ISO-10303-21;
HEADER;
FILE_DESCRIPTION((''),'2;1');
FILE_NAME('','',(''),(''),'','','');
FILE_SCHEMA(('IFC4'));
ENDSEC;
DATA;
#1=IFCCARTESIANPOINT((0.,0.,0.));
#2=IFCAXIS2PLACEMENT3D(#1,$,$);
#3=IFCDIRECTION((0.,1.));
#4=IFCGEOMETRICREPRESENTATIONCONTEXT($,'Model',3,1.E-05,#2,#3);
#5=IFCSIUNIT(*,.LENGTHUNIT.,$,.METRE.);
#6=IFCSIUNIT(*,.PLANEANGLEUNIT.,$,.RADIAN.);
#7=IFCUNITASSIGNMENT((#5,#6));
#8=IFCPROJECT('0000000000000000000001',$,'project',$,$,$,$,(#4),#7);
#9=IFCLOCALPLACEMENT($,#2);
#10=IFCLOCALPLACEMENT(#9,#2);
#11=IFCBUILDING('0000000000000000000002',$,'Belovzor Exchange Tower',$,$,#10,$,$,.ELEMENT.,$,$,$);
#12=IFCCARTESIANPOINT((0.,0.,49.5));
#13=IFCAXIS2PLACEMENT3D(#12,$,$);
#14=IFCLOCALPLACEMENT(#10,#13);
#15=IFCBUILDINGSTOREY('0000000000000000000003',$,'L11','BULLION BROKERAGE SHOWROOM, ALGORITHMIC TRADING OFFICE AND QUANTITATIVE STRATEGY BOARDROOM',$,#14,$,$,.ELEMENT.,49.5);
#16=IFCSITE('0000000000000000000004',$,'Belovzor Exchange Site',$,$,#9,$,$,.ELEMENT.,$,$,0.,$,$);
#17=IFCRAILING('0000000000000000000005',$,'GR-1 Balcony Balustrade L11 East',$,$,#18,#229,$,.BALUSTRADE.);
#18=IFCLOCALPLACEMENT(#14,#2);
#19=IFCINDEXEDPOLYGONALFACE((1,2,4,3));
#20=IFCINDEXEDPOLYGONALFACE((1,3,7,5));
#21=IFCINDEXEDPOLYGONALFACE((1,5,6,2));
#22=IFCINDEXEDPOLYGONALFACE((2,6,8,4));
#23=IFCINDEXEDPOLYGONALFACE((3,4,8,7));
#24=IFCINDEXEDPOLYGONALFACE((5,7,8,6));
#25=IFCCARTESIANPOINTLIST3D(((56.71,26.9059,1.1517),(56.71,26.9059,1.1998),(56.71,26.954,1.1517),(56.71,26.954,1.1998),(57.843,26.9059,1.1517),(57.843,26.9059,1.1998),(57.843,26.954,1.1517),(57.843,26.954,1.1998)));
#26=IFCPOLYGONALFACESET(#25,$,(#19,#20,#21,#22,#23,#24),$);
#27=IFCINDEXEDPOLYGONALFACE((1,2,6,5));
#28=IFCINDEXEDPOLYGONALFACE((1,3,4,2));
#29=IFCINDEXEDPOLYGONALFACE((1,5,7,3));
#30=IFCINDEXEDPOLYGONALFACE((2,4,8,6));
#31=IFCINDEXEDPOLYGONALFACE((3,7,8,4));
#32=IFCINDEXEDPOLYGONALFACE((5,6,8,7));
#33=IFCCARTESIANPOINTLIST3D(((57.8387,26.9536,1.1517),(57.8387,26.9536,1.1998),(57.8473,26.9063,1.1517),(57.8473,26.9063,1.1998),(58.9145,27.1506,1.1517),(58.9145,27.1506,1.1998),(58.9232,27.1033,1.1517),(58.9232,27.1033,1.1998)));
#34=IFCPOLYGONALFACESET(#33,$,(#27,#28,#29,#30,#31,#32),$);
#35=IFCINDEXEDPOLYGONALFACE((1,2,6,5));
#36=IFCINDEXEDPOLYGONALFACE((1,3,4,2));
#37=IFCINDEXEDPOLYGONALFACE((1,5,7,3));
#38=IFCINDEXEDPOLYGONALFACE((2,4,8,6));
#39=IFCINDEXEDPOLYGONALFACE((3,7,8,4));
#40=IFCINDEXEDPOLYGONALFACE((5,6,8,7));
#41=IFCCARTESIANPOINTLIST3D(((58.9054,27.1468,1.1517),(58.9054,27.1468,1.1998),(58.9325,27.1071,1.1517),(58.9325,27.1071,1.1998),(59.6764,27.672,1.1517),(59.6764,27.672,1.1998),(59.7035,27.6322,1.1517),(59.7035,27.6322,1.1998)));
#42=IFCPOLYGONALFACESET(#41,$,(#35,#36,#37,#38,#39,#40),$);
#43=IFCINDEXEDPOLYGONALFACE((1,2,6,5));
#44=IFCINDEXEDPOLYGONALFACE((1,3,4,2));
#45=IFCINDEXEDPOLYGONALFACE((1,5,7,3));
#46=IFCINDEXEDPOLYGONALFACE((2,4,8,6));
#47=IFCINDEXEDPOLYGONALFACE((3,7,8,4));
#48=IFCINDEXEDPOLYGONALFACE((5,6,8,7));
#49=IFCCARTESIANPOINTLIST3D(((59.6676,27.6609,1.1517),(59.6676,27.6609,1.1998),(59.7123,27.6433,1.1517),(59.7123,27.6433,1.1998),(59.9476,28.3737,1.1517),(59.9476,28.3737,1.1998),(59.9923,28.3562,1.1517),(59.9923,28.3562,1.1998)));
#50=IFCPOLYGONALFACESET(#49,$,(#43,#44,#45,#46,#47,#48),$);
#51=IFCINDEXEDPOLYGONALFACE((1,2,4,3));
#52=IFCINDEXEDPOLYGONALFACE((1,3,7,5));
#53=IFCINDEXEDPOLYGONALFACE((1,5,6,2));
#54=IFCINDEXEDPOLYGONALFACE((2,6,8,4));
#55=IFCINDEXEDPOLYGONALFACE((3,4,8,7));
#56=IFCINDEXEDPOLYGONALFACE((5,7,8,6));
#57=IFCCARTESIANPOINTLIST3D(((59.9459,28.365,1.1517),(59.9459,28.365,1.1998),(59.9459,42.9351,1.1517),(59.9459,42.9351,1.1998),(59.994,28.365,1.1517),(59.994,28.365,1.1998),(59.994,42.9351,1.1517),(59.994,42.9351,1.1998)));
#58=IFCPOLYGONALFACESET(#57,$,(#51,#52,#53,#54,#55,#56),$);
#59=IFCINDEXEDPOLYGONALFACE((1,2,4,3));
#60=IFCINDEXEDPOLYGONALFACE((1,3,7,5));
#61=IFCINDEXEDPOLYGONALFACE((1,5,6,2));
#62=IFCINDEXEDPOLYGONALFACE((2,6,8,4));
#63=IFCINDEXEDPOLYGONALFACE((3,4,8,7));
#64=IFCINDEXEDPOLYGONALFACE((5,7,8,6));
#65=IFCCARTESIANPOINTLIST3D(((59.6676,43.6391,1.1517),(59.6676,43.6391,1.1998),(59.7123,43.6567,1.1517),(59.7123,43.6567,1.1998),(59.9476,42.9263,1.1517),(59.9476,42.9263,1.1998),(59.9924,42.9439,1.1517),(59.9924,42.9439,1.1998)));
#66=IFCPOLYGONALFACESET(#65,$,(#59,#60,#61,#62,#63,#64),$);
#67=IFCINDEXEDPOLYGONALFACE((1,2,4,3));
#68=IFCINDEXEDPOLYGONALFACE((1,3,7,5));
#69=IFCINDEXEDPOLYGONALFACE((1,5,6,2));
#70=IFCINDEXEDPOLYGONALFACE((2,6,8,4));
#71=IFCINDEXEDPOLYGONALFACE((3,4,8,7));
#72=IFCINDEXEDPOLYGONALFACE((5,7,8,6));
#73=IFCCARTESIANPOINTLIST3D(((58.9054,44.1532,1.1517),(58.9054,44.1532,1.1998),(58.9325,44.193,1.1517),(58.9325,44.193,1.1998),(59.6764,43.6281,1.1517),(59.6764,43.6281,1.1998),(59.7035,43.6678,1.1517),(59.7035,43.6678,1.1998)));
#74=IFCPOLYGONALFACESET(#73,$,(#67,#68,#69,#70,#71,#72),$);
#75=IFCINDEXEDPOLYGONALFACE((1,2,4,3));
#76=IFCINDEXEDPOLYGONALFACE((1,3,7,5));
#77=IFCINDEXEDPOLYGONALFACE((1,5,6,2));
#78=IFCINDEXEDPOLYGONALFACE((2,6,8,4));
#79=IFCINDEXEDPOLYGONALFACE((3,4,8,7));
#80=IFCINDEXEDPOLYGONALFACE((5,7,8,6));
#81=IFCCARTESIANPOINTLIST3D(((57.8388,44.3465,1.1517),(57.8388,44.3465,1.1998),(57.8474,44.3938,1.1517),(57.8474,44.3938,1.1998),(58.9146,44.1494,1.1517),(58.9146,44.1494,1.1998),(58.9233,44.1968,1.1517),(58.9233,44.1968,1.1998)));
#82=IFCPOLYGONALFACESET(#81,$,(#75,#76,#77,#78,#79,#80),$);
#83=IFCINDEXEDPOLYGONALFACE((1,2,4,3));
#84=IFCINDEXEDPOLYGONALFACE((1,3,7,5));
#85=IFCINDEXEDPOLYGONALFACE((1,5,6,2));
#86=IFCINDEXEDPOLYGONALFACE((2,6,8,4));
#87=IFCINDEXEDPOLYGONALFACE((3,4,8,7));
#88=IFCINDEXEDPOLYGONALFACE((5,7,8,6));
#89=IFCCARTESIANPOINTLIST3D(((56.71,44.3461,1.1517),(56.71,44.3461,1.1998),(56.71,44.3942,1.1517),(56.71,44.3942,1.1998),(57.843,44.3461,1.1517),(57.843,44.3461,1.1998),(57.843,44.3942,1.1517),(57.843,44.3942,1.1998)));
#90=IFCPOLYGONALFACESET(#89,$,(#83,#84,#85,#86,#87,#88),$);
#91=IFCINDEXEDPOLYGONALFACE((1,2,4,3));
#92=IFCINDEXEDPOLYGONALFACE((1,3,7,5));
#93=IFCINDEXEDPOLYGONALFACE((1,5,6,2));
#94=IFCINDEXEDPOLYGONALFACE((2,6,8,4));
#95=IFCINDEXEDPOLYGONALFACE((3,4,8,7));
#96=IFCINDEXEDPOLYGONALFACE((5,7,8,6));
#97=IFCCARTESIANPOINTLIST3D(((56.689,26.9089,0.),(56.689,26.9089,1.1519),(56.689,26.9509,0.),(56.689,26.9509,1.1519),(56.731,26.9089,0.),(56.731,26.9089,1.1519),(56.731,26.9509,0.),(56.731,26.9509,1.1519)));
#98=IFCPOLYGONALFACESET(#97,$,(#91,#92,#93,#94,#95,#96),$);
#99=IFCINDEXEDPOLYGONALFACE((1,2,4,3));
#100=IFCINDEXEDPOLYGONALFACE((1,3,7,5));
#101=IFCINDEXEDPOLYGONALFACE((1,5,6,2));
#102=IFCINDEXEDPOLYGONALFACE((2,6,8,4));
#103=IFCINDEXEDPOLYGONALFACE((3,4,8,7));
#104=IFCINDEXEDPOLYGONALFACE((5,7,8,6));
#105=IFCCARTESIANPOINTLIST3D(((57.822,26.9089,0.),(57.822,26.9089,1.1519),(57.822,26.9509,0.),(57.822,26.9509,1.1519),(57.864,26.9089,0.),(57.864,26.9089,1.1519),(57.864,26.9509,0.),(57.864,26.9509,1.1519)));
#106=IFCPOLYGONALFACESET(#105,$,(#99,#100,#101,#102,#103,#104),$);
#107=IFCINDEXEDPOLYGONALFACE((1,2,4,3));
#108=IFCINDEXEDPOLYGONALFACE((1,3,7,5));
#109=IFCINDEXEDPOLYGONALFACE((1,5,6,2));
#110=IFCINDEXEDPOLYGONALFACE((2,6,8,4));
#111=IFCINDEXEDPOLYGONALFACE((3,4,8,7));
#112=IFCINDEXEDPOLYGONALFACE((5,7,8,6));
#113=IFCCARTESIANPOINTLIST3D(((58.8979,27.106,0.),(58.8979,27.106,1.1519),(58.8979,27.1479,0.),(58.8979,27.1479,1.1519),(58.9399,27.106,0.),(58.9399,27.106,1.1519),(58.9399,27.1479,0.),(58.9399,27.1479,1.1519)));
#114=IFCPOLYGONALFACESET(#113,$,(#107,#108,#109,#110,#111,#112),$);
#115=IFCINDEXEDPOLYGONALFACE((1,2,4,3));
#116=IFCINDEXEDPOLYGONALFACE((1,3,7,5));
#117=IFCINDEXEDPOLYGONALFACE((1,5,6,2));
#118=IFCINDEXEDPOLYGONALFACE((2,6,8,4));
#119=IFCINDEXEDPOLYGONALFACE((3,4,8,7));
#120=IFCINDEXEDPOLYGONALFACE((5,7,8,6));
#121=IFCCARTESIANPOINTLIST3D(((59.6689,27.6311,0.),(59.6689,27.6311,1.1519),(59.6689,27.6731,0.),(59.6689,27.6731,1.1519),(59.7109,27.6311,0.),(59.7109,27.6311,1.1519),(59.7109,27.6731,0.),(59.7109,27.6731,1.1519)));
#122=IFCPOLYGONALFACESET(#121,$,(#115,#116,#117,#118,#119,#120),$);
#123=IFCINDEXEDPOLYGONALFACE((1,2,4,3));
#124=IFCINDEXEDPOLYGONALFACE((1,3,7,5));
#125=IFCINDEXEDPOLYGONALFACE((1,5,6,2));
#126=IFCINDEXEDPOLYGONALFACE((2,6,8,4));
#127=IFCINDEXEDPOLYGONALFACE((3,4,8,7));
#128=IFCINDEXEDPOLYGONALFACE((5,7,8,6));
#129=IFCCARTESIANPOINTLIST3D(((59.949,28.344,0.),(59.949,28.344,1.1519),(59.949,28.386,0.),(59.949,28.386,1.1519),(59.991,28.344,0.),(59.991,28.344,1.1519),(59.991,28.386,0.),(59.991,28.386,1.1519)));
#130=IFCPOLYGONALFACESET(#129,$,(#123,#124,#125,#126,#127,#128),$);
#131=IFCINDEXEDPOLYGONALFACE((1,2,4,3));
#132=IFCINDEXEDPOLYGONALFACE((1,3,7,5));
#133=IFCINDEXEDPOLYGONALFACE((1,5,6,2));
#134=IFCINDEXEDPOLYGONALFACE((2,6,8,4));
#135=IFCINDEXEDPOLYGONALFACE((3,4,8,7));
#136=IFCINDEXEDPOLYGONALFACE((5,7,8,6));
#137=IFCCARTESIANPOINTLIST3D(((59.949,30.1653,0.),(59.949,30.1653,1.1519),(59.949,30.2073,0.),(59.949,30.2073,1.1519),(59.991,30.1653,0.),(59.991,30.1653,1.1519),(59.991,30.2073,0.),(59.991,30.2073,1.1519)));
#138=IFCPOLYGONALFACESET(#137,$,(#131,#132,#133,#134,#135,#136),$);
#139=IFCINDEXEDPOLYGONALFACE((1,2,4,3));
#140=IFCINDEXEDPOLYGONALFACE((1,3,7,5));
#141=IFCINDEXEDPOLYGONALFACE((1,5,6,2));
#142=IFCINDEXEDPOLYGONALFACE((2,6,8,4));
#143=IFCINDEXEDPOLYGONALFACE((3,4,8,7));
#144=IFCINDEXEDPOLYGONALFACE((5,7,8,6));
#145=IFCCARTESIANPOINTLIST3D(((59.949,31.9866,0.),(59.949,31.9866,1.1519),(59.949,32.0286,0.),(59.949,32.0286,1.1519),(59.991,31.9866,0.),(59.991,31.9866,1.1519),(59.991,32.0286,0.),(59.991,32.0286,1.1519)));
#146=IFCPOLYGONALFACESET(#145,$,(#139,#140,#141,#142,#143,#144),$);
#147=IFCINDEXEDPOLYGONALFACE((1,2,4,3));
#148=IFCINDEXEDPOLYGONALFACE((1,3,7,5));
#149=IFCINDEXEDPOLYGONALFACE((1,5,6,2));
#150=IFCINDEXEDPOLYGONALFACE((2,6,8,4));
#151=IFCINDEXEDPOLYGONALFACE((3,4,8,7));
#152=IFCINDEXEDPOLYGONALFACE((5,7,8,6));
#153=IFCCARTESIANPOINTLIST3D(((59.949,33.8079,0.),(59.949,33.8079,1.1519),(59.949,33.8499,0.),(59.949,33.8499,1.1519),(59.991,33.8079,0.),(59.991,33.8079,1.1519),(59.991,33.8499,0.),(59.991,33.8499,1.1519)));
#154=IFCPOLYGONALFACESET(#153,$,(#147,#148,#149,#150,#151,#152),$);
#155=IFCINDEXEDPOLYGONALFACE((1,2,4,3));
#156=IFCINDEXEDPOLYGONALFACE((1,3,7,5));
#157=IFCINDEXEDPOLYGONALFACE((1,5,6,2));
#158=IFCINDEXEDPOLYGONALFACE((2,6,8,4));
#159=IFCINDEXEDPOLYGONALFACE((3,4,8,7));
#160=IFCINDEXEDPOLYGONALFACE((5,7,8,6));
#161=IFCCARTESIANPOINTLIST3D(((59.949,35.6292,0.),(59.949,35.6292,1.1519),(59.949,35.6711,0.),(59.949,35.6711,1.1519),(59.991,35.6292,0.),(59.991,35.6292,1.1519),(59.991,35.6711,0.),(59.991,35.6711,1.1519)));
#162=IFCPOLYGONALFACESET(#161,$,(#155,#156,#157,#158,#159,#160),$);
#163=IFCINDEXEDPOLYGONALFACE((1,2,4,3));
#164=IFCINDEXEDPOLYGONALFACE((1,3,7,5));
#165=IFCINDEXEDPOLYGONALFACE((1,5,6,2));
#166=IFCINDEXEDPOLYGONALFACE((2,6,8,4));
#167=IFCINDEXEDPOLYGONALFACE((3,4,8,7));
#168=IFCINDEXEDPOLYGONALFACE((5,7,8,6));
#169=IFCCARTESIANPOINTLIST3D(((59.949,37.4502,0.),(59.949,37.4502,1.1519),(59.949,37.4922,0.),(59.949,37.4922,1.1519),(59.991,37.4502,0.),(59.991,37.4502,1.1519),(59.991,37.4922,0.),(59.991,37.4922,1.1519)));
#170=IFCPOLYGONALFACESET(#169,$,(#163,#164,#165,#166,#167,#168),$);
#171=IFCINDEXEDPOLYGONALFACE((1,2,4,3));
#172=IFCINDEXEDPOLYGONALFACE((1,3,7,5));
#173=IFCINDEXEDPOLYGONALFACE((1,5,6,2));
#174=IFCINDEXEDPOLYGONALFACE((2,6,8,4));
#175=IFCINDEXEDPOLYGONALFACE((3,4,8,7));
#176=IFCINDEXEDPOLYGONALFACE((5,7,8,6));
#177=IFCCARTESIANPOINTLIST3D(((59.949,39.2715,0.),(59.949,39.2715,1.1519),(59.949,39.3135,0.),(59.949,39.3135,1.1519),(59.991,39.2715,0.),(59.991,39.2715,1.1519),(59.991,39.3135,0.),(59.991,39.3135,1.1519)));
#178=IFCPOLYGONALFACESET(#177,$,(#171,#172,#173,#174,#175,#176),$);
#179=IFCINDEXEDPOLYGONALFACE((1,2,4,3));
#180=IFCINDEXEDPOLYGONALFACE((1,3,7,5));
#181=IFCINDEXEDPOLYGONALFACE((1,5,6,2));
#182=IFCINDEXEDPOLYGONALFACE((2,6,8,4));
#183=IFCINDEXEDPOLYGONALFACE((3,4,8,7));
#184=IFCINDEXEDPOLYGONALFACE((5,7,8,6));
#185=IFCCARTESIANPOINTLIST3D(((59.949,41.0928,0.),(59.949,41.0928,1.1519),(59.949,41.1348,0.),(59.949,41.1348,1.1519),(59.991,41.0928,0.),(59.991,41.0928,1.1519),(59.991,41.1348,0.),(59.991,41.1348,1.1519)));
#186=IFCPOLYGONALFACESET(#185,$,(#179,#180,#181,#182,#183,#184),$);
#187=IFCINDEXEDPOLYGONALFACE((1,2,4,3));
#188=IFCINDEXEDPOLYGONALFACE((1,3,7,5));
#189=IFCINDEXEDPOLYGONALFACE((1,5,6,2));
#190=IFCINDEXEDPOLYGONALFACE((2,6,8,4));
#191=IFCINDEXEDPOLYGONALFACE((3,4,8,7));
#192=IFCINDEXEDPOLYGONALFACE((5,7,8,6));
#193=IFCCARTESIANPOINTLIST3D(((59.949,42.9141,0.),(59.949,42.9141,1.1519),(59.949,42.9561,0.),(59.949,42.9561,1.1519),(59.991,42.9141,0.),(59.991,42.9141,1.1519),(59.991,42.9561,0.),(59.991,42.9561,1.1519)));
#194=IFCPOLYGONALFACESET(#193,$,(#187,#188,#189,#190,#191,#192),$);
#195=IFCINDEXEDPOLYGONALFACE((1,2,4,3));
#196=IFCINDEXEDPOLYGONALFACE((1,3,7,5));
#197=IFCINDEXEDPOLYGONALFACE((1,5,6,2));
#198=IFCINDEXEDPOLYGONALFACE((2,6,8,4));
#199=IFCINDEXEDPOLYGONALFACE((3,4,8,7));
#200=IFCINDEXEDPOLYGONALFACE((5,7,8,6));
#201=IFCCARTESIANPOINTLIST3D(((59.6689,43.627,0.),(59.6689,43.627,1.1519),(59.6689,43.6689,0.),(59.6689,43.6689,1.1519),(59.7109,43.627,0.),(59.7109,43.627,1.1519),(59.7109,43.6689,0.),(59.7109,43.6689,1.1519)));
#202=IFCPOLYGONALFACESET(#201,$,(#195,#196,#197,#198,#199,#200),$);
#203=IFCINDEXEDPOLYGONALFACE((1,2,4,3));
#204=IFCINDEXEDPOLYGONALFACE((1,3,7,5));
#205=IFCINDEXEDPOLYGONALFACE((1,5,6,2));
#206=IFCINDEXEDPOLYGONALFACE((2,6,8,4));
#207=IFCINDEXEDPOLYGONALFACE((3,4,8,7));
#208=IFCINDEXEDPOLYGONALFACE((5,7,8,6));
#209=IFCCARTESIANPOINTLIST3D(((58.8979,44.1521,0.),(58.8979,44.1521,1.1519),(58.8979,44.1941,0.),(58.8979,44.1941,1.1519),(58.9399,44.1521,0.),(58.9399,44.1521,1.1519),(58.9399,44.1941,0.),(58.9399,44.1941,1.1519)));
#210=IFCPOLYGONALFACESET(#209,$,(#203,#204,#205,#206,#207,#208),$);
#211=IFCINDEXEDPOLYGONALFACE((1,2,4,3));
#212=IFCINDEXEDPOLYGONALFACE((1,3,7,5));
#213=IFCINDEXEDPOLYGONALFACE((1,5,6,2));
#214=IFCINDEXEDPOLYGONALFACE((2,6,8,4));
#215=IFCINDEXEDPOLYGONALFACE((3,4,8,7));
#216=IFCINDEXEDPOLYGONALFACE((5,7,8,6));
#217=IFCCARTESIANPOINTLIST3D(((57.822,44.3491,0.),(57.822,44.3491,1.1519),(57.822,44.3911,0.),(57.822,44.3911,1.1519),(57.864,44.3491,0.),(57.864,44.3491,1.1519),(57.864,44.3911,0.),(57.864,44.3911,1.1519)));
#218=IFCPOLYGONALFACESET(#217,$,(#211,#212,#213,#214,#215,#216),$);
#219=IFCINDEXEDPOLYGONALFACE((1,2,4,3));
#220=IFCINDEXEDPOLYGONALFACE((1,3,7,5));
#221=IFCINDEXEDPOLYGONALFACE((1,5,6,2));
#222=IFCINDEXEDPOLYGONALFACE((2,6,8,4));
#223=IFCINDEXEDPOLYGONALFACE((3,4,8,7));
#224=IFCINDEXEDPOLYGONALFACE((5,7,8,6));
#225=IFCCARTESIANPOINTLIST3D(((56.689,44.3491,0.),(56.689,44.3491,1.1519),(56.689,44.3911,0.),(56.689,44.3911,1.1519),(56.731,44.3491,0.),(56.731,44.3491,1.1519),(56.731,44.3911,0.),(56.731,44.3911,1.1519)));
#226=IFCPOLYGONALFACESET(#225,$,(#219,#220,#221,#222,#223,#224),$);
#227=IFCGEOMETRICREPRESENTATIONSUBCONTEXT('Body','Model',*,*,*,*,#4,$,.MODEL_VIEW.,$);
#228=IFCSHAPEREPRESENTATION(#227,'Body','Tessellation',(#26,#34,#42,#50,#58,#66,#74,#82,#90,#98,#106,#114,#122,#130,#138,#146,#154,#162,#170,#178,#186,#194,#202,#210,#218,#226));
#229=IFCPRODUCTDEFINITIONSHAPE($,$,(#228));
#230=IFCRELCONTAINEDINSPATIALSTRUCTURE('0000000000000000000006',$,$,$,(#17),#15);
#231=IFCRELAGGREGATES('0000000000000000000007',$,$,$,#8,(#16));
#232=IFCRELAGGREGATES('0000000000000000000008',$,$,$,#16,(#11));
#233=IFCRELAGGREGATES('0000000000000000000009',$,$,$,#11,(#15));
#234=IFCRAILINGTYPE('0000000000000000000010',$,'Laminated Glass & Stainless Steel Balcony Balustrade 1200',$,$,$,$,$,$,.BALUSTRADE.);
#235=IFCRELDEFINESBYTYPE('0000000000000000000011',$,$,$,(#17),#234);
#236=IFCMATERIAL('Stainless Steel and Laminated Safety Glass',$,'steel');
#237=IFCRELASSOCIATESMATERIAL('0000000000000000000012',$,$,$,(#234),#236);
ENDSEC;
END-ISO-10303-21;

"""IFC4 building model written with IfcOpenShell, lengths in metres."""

from ifc_helpers import new_model, si_unit, direction, frame, origin, origin_2d, place, context, subcontext, project, spatial, rectangle, extrude, material, type_object, element, save


model = new_model("IFC4")

# Units and contexts
model_context = context("Model", 3, precision=1e-05, world=origin(), true_north=direction((0.0, 1.0)))
body_context = subcontext(model_context, "Body", "Model", "MODEL_VIEW")
ifc_project = project(units=[si_unit("LENGTHUNIT", "METRE"), si_unit("PLANEANGLEUNIT", "RADIAN")], contexts=[model_context])

# Site, building, storey
site_placement = place(None, origin())
site = spatial("IfcSite", under=ifc_project, at=site_placement, Name="Belovzor Exchange Site", CompositionType="ELEMENT", RefElevation=0.0)
building_placement = place(site_placement, origin())
building = spatial("IfcBuilding", under=site, at=building_placement, Name="Belovzor Exchange Tower", CompositionType="ELEMENT")
storey_placement = place(building_placement, frame((0.0, 0.0, 49.5)))
storey = spatial("IfcBuildingStorey", under=building, at=storey_placement, Name="L11", Description="BULLION BROKERAGE SHOWROOM, ALGORITHMIC TRADING OFFICE AND QUANTITATIVE STRATEGY BOARDROOM", CompositionType="ELEMENT", Elevation=49.5)

# Railing
ifc_material_1 = material(Name="Stainless Steel and Laminated Safety Glass", Category="steel")
railing_type = type_object("IfcRailingType", Name="Laminated Glass & Stainless Steel Balcony Balustrade 1200", PredefinedType="BALUSTRADE", material=ifc_material_1)
railing_placement = place(storey_placement, frame((56.71, 26.9299, 0.0)))
element("IfcRailing", 1, at=railing_placement, inside=storey, type_object=railing_type, Name="GR-1 Balcony Balustrade L11 East", PredefinedType="BALUSTRADE", context=body_context, shape_type="SweptSolid", body=[
    extrude(rectangle(XDim=0.0481, YDim=0.0481, at=origin_2d()), frame((0.0, 0.0, 1.1758), z_axis=(1.0, 0.0, 0.0), x_axis=(0.0, 1.0, 0.0)), (0.0, 0.0, 1.0), 1.1331),
    extrude(rectangle(XDim=0.0481, YDim=0.0481, at=origin_2d()), frame((1.1331, 0.0, 1.1758), z_axis=(0.983644, 0.180123, 0.0), x_axis=(-0.180123, 0.983644, 0.0)), (0.0, 0.0, 1.0), 1.0938),
    extrude(rectangle(XDim=0.0481, YDim=0.0481, at=origin_2d()), frame((2.209, 0.197, 1.1758), z_axis=(0.826493, 0.562947, 0.0), x_axis=(-0.562947, 0.826493, 0.0)), (0.0, 0.0, 1.0), 0.9329),
    extrude(rectangle(XDim=0.0481, YDim=0.0481, at=origin_2d()), frame((2.98, 0.7222, 1.1758), z_axis=(0.365613, 0.930767, 0.0), x_axis=(-0.930767, 0.365613, 0.0)), (0.0, 0.0, 1.0), 0.7659),
    extrude(rectangle(XDim=0.0481, YDim=0.0481, at=origin_2d()), frame((3.26, 1.4351, 1.1758), z_axis=(0.0, 1.0, 0.0), x_axis=(-1.0, 0.0, 0.0)), (0.0, 0.0, 1.0), 14.5701),
    extrude(rectangle(XDim=0.0481, YDim=0.0481, at=origin_2d()), frame((3.26, 16.0051, 1.1758), z_axis=(-0.365613, 0.930767, 0.0), x_axis=(-0.930767, -0.365613, 0.0)), (0.0, 0.0, 1.0), 0.7659),
    extrude(rectangle(XDim=0.0481, YDim=0.0481, at=origin_2d()), frame((2.98, 16.718, 1.1758), z_axis=(-0.826493, 0.562947, 0.0), x_axis=(-0.562947, -0.826493, 0.0)), (0.0, 0.0, 1.0), 0.9329),
    extrude(rectangle(XDim=0.0481, YDim=0.0481, at=origin_2d()), frame((2.209, 17.2432, 1.1758), z_axis=(-0.983644, 0.180123, 0.0), x_axis=(-0.180123, -0.983644, 0.0)), (0.0, 0.0, 1.0), 1.0938),
    extrude(rectangle(XDim=0.0481, YDim=0.0481, at=origin_2d()), frame((1.1331, 17.4402, 1.1758), z_axis=(-1.0, 0.0, 0.0), x_axis=(0.0, -1.0, 0.0)), (0.0, 0.0, 1.0), 1.1331),
    extrude(rectangle(XDim=0.042, YDim=0.042, at=origin_2d()), origin(), (0.0, 0.0, 1.0), 1.1519),
    extrude(rectangle(XDim=0.042, YDim=0.042, at=origin_2d()), frame((1.1331, 0.0, 0.0)), (0.0, 0.0, 1.0), 1.1519),
    extrude(rectangle(XDim=0.042, YDim=0.042, at=origin_2d()), frame((2.209, 0.197, 0.0)), (0.0, 0.0, 1.0), 1.1519),
    extrude(rectangle(XDim=0.042, YDim=0.042, at=origin_2d()), frame((2.98, 0.7222, 0.0)), (0.0, 0.0, 1.0), 1.1519),
    extrude(rectangle(XDim=0.042, YDim=0.042, at=origin_2d()), frame((3.26, 1.4351, 0.0)), (0.0, 0.0, 1.0), 1.1519),
    extrude(rectangle(XDim=0.042, YDim=0.042, at=origin_2d()), frame((3.26, 3.2563, 0.0)), (0.0, 0.0, 1.0), 1.1519),
    extrude(rectangle(XDim=0.042, YDim=0.042, at=origin_2d()), frame((3.26, 5.0776, 0.0)), (0.0, 0.0, 1.0), 1.1519),
    extrude(rectangle(XDim=0.042, YDim=0.042, at=origin_2d()), frame((3.26, 6.8989, 0.0)), (0.0, 0.0, 1.0), 1.1519),
    extrude(rectangle(XDim=0.042, YDim=0.042, at=origin_2d()), frame((3.26, 8.7202, 0.0)), (0.0, 0.0, 1.0), 1.1519),
    extrude(rectangle(XDim=0.042, YDim=0.042, at=origin_2d()), frame((3.26, 10.5413, 0.0)), (0.0, 0.0, 1.0), 1.1519),
    extrude(rectangle(XDim=0.042, YDim=0.042, at=origin_2d()), frame((3.26, 12.3625, 0.0)), (0.0, 0.0, 1.0), 1.1519),
    extrude(rectangle(XDim=0.042, YDim=0.042, at=origin_2d()), frame((3.26, 14.1838, 0.0)), (0.0, 0.0, 1.0), 1.1519),
    extrude(rectangle(XDim=0.042, YDim=0.042, at=origin_2d()), frame((3.26, 16.0051, 0.0)), (0.0, 0.0, 1.0), 1.1519),
    extrude(rectangle(XDim=0.042, YDim=0.042, at=origin_2d()), frame((2.98, 16.718, 0.0)), (0.0, 0.0, 1.0), 1.1519),
    extrude(rectangle(XDim=0.042, YDim=0.042, at=origin_2d()), frame((2.209, 17.2432, 0.0)), (0.0, 0.0, 1.0), 1.1519),
    extrude(rectangle(XDim=0.042, YDim=0.042, at=origin_2d()), frame((1.1331, 17.4402, 0.0)), (0.0, 0.0, 1.0), 1.1519),
    extrude(rectangle(XDim=0.042, YDim=0.042, at=origin_2d()), frame((0.0, 17.4402, 0.0)), (0.0, 0.0, 1.0), 1.1519),
])

save(model, "model.ifc")
